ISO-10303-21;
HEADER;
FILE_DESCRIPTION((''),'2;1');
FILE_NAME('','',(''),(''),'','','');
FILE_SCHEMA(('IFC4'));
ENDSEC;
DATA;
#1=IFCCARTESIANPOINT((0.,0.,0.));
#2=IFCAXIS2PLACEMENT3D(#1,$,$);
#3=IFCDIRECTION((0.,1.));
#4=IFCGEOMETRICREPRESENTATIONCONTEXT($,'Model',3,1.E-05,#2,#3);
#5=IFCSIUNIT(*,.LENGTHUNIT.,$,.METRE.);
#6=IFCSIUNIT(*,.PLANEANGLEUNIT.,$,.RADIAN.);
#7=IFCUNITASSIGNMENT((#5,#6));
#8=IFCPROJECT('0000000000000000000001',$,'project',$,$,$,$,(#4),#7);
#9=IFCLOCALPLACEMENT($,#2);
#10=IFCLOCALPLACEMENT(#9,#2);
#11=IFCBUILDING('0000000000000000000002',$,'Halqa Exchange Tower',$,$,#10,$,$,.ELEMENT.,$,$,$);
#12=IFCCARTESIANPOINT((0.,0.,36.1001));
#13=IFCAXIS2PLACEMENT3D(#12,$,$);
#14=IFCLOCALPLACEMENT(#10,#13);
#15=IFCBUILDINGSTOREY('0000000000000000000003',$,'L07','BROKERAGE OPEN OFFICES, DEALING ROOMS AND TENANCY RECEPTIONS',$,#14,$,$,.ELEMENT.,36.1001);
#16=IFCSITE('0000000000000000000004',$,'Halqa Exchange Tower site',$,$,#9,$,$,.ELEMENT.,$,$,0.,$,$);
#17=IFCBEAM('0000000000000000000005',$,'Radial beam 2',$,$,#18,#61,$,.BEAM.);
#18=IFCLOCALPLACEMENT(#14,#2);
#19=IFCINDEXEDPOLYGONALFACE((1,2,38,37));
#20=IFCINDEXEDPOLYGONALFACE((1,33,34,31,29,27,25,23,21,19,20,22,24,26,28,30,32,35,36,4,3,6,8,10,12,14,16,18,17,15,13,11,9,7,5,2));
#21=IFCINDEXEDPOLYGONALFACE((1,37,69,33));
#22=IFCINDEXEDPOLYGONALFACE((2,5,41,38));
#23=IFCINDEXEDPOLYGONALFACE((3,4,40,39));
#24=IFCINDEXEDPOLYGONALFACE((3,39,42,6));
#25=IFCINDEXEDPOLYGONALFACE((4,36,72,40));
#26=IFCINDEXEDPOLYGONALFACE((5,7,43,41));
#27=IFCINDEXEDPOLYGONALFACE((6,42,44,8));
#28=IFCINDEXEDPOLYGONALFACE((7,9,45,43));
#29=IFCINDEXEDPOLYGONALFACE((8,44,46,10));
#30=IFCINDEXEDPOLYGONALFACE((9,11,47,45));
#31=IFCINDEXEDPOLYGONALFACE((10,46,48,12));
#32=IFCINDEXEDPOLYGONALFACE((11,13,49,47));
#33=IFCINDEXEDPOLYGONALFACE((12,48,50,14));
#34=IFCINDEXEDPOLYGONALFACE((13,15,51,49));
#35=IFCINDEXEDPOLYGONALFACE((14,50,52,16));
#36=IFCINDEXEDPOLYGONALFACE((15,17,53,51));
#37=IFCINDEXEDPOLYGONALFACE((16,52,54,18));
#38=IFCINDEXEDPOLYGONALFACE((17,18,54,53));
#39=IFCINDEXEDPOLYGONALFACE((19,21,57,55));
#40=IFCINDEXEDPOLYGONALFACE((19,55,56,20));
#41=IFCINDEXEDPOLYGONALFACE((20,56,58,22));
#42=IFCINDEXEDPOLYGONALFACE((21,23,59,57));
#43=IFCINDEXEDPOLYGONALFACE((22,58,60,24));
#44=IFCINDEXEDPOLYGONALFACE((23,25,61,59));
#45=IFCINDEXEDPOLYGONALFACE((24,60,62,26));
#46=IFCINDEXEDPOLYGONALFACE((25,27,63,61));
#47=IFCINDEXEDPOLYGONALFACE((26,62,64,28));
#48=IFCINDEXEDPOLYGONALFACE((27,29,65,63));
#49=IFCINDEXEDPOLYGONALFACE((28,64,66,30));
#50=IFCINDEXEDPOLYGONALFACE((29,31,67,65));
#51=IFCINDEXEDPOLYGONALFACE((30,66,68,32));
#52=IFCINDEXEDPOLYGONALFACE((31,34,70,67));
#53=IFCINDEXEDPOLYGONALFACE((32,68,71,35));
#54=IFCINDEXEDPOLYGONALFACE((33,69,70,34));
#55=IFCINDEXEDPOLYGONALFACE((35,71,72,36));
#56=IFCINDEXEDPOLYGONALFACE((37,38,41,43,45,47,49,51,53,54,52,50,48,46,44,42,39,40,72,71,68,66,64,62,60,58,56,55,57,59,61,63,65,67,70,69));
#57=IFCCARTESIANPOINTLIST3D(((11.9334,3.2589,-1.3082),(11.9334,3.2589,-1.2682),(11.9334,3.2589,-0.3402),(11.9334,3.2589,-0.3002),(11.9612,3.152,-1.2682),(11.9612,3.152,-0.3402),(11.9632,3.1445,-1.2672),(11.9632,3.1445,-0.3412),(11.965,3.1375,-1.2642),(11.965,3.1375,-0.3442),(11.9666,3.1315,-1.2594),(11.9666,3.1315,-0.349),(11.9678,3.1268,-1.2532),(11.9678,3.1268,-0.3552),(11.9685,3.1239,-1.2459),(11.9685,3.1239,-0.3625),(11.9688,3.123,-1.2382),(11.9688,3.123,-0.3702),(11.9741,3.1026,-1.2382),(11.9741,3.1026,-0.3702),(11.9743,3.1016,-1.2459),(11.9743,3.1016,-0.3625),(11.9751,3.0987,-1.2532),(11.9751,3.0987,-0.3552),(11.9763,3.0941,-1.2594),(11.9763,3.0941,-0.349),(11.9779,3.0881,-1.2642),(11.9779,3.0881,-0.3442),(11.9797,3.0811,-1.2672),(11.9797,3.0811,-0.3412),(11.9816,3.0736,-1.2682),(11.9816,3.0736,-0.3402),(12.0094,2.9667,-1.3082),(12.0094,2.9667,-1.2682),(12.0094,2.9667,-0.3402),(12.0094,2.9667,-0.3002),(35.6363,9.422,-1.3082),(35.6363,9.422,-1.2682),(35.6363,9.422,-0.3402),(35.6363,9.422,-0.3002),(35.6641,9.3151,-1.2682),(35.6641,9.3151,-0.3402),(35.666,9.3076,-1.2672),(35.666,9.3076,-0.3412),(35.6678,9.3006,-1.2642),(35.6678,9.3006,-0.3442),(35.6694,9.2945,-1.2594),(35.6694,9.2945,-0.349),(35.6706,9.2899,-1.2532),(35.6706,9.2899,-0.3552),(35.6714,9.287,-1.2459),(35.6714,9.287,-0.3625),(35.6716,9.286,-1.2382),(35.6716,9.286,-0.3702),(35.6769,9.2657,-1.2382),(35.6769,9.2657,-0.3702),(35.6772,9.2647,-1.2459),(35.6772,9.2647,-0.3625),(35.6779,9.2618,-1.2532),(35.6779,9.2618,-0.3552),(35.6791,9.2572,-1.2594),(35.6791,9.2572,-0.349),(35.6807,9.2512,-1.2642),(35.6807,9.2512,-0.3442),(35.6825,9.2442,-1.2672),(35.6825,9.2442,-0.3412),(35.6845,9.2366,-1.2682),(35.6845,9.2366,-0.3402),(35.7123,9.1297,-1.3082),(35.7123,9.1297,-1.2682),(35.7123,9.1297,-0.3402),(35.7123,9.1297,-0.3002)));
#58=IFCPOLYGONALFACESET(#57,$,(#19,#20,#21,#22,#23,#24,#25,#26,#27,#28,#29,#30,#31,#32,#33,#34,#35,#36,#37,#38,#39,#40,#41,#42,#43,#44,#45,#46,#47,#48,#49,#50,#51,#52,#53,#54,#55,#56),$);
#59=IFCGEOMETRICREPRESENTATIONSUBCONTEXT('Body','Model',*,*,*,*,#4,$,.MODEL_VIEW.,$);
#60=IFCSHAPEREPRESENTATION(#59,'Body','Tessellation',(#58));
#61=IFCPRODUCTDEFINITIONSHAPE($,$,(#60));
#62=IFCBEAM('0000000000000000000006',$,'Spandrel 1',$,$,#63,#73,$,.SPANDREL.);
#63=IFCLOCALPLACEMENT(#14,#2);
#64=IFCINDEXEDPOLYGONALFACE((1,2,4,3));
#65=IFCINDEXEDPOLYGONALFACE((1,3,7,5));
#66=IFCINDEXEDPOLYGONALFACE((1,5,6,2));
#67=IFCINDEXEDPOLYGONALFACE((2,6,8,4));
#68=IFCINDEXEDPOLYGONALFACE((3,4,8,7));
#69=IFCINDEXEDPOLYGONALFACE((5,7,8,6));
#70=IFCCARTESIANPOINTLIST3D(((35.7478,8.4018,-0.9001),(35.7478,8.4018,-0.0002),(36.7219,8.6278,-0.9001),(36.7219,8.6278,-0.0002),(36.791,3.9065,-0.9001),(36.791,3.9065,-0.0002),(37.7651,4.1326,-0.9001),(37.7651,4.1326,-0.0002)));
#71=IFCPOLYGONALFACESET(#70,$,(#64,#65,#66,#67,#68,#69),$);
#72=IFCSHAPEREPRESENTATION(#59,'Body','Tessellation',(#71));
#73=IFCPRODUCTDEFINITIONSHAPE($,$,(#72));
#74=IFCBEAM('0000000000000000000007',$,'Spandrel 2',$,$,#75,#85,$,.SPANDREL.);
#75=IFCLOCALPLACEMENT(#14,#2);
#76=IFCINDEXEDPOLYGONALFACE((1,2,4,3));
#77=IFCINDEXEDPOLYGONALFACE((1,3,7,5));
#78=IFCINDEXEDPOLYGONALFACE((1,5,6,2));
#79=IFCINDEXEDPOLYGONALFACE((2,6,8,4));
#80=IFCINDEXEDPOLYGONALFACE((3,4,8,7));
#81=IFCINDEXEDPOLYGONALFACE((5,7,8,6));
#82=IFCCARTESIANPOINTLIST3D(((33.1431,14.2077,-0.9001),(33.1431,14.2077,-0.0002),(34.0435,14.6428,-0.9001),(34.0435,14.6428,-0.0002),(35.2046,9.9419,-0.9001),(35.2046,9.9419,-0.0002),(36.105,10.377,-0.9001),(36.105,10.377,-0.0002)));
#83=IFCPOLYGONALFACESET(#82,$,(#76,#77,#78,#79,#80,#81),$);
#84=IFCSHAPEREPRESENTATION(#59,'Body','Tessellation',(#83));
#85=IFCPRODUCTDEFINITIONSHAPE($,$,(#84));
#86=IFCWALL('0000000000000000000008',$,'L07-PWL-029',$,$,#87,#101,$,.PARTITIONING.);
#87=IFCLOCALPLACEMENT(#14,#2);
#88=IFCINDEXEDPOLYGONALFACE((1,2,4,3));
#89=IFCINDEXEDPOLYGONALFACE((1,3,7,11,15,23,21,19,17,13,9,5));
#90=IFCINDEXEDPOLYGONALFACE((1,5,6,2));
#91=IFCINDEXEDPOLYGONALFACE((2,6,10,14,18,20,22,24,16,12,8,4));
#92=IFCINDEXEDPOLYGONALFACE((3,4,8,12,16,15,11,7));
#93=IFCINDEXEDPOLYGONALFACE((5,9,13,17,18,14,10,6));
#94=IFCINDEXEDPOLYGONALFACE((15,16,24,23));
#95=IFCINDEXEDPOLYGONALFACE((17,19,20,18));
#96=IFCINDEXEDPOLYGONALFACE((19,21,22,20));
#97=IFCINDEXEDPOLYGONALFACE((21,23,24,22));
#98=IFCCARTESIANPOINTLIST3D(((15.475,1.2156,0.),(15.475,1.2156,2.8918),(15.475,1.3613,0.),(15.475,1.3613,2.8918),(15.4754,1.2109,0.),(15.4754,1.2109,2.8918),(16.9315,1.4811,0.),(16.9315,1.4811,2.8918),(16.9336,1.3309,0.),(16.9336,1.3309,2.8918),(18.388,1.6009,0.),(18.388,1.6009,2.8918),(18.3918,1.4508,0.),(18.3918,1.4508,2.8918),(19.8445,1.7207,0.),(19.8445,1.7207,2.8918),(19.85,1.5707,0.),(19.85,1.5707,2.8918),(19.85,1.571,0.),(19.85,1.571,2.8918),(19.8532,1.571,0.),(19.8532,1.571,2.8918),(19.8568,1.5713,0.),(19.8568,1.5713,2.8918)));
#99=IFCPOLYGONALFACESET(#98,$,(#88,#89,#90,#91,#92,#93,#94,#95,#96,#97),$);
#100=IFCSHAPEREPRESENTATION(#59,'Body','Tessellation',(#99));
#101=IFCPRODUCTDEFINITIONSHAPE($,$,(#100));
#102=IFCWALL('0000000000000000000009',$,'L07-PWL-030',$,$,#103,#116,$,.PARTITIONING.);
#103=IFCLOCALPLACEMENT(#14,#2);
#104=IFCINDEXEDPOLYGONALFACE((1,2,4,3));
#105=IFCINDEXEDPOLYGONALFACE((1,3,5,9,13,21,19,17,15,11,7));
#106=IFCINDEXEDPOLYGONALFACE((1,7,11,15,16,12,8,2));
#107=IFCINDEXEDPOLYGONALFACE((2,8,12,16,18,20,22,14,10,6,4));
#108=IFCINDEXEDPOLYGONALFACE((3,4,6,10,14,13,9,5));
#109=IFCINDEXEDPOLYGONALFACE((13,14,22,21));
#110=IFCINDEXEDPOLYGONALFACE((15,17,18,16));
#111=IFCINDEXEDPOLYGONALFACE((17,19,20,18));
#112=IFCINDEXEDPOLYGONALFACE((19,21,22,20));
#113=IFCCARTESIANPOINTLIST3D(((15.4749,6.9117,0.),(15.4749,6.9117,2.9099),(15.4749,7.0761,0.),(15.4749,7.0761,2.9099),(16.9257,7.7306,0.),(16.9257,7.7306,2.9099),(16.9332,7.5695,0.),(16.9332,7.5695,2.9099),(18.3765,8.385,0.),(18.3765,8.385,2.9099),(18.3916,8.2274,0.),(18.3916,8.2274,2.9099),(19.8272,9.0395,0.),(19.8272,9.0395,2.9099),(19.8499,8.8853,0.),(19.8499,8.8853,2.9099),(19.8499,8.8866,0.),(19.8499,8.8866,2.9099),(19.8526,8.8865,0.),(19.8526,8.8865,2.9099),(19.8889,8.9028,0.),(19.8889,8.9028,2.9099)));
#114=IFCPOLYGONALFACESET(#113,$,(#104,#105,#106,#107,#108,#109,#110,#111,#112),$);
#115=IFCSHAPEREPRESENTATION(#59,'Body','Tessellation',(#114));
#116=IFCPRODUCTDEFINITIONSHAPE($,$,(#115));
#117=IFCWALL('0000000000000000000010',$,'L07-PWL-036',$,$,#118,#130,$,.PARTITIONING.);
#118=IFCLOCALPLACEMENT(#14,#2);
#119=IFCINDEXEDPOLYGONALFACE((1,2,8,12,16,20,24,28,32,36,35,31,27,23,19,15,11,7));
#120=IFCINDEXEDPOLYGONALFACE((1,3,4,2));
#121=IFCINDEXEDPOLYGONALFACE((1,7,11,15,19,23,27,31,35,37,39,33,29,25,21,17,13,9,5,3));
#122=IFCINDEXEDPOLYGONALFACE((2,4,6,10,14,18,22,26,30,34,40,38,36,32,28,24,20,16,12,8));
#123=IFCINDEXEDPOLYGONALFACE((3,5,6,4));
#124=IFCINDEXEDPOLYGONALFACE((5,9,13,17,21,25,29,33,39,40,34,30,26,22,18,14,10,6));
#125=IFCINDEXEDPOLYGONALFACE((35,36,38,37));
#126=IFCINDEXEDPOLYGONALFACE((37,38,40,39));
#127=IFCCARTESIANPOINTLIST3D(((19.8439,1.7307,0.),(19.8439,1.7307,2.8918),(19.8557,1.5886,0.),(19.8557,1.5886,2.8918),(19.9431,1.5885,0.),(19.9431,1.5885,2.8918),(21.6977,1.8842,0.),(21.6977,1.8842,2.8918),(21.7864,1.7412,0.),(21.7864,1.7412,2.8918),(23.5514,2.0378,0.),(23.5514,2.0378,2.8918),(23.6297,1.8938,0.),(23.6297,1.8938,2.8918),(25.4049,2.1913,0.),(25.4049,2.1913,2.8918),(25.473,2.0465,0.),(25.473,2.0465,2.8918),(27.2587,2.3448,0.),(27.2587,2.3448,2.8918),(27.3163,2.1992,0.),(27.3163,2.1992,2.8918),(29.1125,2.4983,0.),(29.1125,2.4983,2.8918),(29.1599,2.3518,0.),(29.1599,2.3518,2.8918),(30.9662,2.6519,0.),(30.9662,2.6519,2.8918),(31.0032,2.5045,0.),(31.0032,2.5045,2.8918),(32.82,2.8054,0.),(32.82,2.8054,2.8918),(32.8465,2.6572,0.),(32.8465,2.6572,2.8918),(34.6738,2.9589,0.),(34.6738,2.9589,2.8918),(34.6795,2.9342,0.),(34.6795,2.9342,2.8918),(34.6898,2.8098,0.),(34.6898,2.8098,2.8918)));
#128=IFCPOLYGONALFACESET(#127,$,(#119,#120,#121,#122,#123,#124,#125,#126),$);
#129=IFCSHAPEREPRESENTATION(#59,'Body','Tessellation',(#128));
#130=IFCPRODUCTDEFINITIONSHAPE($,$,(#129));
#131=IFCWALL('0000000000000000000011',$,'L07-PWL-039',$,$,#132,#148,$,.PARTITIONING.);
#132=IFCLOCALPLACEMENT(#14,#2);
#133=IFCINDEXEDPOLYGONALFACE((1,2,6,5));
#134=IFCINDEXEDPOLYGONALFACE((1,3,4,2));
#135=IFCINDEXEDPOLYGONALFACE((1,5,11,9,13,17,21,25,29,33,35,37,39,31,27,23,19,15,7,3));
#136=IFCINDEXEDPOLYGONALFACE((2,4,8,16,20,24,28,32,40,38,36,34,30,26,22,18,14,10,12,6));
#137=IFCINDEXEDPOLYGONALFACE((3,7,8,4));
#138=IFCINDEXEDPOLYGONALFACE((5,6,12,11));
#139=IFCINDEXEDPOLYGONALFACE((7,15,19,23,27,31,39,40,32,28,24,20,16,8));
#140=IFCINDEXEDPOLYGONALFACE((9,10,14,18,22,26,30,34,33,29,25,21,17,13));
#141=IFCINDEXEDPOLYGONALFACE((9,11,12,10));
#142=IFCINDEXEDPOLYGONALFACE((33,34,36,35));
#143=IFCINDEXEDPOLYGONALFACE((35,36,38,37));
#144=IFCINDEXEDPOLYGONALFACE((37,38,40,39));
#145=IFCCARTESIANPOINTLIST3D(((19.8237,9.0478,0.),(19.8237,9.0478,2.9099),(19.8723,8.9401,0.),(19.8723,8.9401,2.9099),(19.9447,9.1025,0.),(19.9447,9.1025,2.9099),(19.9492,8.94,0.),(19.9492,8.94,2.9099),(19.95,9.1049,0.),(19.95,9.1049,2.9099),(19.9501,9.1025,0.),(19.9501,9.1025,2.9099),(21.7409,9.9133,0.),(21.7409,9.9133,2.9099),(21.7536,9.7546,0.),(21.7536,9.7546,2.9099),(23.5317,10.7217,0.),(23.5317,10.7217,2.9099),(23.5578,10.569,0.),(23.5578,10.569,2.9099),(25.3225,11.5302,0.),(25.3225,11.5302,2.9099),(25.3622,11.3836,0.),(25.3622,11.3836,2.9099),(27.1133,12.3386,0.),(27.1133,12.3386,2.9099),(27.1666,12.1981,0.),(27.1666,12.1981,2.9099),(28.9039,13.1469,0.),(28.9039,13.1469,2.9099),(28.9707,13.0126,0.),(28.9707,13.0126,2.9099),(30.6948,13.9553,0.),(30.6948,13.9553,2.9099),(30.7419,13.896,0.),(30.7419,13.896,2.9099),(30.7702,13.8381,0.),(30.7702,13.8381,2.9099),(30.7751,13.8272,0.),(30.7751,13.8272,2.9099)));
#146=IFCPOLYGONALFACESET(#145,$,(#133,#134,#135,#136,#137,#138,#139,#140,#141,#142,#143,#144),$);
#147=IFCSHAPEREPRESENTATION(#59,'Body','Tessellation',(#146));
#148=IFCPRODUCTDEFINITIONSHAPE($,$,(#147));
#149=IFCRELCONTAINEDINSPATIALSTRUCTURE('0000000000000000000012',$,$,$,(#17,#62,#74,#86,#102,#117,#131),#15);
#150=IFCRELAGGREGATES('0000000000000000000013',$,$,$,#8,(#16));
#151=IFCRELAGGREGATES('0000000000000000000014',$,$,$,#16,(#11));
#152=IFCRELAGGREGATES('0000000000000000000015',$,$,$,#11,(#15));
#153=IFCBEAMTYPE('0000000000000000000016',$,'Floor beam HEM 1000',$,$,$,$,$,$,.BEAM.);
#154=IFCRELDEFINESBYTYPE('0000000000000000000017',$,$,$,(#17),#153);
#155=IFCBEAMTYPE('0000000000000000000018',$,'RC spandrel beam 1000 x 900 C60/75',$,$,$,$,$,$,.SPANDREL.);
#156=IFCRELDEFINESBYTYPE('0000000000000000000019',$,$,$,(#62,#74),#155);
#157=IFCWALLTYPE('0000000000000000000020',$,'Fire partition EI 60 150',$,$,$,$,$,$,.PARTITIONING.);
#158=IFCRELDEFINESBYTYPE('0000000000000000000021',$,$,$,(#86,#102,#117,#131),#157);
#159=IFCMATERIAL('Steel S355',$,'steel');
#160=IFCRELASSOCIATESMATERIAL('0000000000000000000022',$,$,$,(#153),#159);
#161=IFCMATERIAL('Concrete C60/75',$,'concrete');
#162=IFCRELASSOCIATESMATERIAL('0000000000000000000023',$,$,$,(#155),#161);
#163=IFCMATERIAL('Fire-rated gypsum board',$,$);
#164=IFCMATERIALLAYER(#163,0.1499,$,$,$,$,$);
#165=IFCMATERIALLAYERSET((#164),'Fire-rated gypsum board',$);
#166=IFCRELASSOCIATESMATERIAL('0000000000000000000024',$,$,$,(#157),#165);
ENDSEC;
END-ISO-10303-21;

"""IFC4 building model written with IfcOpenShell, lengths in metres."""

from ifc_helpers import new_model, si_unit, direction, frame, origin, origin_2d, place, context, subcontext, project, spatial, polyline, rectangle, i_section, outline, extrude, material, layer, layer_set, material_profile, profile_set, type_object, element, save


model = new_model("IFC4")

# Units and contexts
model_context = context("Model", 3, precision=1e-05, world=origin(), true_north=direction((0.0, 1.0)))
body_context = subcontext(model_context, "Body", "Model", "MODEL_VIEW")
ifc_project = project(units=[si_unit("LENGTHUNIT", "METRE"), si_unit("PLANEANGLEUNIT", "RADIAN")], contexts=[model_context])

# Site, building, storey
site_placement = place(None, origin())
site = spatial("IfcSite", under=ifc_project, at=site_placement, Name="Halqa Exchange Tower site", CompositionType="ELEMENT", RefElevation=0.0)
building_placement = place(site_placement, origin())
building = spatial("IfcBuilding", under=site, at=building_placement, Name="Halqa Exchange Tower", CompositionType="ELEMENT")
storey_placement = place(building_placement, frame((0.0, 0.0, 36.1001)))
storey = spatial("IfcBuildingStorey", under=building, at=storey_placement, Name="L07", Description="BROKERAGE OPEN OFFICES, DEALING ROOMS AND TENANCY RECEPTIONS", CompositionType="ELEMENT", Elevation=36.1001)

# Beams
ifc_material_1 = material(Name="Steel S355", Category="steel")
ifc_material_profile_1 = material_profile(ifc_material_1, i_section(OverallWidth=0.302, OverallDepth=1.0081, WebThickness=0.021, FlangeThickness=0.04, FilletRadius=0.03, at=origin_2d()), Name="HEM 1000")
ifc_profile_set_1 = profile_set([ifc_material_profile_1], Name="Steel S355")
beam_type_1 = type_object("IfcBeamType", Name="Floor beam HEM 1000", PredefinedType="BEAM", material=ifc_profile_set_1)
beam_1_placement = place(storey_placement, frame((11.9714, 3.1128, -0.8042), z_axis=(0.967819, 0.251647, 0.0), x_axis=(-0.251647, 0.967819, 0.0)))
element("IfcBeam", 1, at=beam_1_placement, inside=storey, type_object=beam_type_1, Name="Radial beam 2", PredefinedType="BEAM", context=body_context, shape_type="SweptSolid", body=[
    extrude(i_section(OverallWidth=0.302, OverallDepth=1.0081, WebThickness=0.021, FlangeThickness=0.04, FilletRadius=0.03, at=origin_2d()), origin(), (0.0, 0.0, 1.0), 24.491),
])
ifc_material_2 = material(Name="Concrete C60/75", Category="concrete")
ifc_material_profile_2 = material_profile(ifc_material_2, rectangle(XDim=1.0, YDim=0.8999, at=origin_2d()), Name="1000 x 900")
ifc_profile_set_2 = profile_set([ifc_material_profile_2], Name="Concrete C60/75")
beam_type_2 = type_object("IfcBeamType", Name="RC spandrel beam 1000 x 900 C60/75", PredefinedType="SPANDREL", material=ifc_profile_set_2)
beam_2_placement = place(storey_placement, frame((37.2781, 4.0195, -0.4502), z_axis=(-0.226057, 0.974114, 0.0), x_axis=(-0.974114, -0.226057, 0.0)))
element("IfcBeam", 2, at=beam_2_placement, inside=storey, type_object=beam_type_2, Name="Spandrel 1", PredefinedType="SPANDREL", context=body_context, shape_type="SweptSolid", body=[
    extrude(rectangle(XDim=1.0, YDim=0.8999, at=origin_2d()), origin(), (0.0, 0.0, 1.0), 4.6147),
])
beam_3_placement = place(storey_placement, frame((35.6548, 10.1594, -0.4502), z_axis=(-0.435115, 0.900375, 0.0), x_axis=(-0.900375, -0.435115, 0.0)))
element("IfcBeam", 3, at=beam_3_placement, inside=storey, type_object=beam_type_2, Name="Spandrel 2", PredefinedType="SPANDREL", context=body_context, shape_type="SweptSolid", body=[
    extrude(rectangle(XDim=1.0, YDim=0.8999, at=origin_2d()), origin(), (0.0, 0.0, 1.0), 4.7378),
])

# Walls
ifc_material_3 = material(Name="Fire-rated gypsum board")
ifc_layer_1 = layer(ifc_material_3, 0.1499)
ifc_layer_set_1 = layer_set([ifc_layer_1], Name="Fire-rated gypsum board")
wall_type_1 = type_object("IfcWallType", Name="Fire partition EI 60 150", PredefinedType="PARTITIONING", material=ifc_layer_set_1)
wall_1_placement = place(storey_placement, frame((15.4692, 1.2856, 0.0), z_axis=(0.0, 0.0, 1.0), x_axis=(0.996635, 0.08197, 0.0)))
element("IfcWall", 4, at=wall_1_placement, inside=storey, type_object=wall_type_1, Name="L07-PWL-029", PredefinedType="PARTITIONING", context=body_context, shape_type="SweptSolid", body=[
    extrude(outline(polyline([(0.0, -0.075), (1.4631, -0.075), (2.9263, -0.075), (4.3894, -0.075), (4.3894, -0.0747), (4.3926, -0.075), (4.3962, -0.075), (4.3962, 0.075), (2.9348, 0.075), (1.4734, 0.075), (0.012, 0.075), (0.0, -0.0703), (0.0, -0.075)])), origin(), (0.0, 0.0, 1.0), 2.8918),
])
wall_2_placement = place(storey_placement, frame((15.4441, 6.98, 0.0), z_axis=(0.0, 0.0, 1.0), x_axis=(0.911544, 0.411203, 0.0)))
element("IfcWall", 5, at=wall_2_placement, inside=storey, type_object=wall_type_1, Name="L07-PWL-030", PredefinedType="PARTITIONING", context=body_context, shape_type="SweptSolid", body=[
    extrude(outline(polyline([(0.0, -0.075), (1.5999, -0.075), (3.1997, -0.075), (4.7996, -0.075), (4.8, -0.0737), (4.8025, -0.075), (4.8423, -0.075), (4.8423, 0.075), (3.2507, 0.075), (1.6592, 0.075), (0.0676, 0.075), (0.0, -0.075)])), origin(), (0.0, 0.0, 1.0), 2.9099),
])
wall_3_placement = place(storey_placement, frame((19.8501, 1.656, 0.0), z_axis=(0.0, 0.0, 1.0), x_axis=(0.996588, 0.082538, 0.0)))
element("IfcWall", 6, at=wall_3_placement, inside=storey, type_object=wall_type_1, Name="L07-PWL-036", PredefinedType="PARTITIONING", context=body_context, shape_type="SweptSolid", body=[
    extrude(outline(polyline([(14.8843, -0.075), (14.8843, 0.0498), (14.8806, 0.075), (13.0205, 0.075), (11.1604, 0.075), (9.3003, 0.075), (7.4402, 0.075), (5.5801, 0.075), (3.7202, 0.075), (1.8601, 0.075), (0.0, 0.075), (0.0, -0.0676), (0.0872, -0.075), (1.9368, -0.075), (3.7864, -0.075), (5.636, -0.075), (7.4856, -0.075), (9.3354, -0.075), (11.1851, -0.075), (13.0347, -0.075), (14.8843, -0.075)])), origin(), (0.0, 0.0, 1.0), 2.8918),
])
wall_4_placement = place(storey_placement, frame((19.8545, 8.9795, 0.0), z_axis=(0.0, 0.0, 1.0), x_axis=(0.911433, 0.411448, 0.0)))
element("IfcWall", 7, at=wall_4_placement, inside=storey, type_object=wall_type_1, Name="L07-PWL-039", PredefinedType="PARTITIONING", context=body_context, shape_type="SweptSolid", body=[
    extrude(outline(polyline([(11.948, -0.075), (11.948, -0.063), (11.946, 0.0015), (11.9275, 0.075), (9.9626, 0.075), (7.998, 0.075), (6.0332, 0.075), (4.0684, 0.075), (2.1035, 0.075), (0.1387, 0.075), (0.1377, 0.0728), (0.1328, 0.075), (0.0, 0.075), (0.0, -0.0432), (0.0701, -0.075), (2.0498, -0.075), (4.0293, -0.075), (6.009, -0.075), (7.9888, -0.075), (9.9683, -0.075), (11.948, -0.075)])), origin(), (0.0, 0.0, 1.0), 2.9099),
])

save(model, "model.ifc")
